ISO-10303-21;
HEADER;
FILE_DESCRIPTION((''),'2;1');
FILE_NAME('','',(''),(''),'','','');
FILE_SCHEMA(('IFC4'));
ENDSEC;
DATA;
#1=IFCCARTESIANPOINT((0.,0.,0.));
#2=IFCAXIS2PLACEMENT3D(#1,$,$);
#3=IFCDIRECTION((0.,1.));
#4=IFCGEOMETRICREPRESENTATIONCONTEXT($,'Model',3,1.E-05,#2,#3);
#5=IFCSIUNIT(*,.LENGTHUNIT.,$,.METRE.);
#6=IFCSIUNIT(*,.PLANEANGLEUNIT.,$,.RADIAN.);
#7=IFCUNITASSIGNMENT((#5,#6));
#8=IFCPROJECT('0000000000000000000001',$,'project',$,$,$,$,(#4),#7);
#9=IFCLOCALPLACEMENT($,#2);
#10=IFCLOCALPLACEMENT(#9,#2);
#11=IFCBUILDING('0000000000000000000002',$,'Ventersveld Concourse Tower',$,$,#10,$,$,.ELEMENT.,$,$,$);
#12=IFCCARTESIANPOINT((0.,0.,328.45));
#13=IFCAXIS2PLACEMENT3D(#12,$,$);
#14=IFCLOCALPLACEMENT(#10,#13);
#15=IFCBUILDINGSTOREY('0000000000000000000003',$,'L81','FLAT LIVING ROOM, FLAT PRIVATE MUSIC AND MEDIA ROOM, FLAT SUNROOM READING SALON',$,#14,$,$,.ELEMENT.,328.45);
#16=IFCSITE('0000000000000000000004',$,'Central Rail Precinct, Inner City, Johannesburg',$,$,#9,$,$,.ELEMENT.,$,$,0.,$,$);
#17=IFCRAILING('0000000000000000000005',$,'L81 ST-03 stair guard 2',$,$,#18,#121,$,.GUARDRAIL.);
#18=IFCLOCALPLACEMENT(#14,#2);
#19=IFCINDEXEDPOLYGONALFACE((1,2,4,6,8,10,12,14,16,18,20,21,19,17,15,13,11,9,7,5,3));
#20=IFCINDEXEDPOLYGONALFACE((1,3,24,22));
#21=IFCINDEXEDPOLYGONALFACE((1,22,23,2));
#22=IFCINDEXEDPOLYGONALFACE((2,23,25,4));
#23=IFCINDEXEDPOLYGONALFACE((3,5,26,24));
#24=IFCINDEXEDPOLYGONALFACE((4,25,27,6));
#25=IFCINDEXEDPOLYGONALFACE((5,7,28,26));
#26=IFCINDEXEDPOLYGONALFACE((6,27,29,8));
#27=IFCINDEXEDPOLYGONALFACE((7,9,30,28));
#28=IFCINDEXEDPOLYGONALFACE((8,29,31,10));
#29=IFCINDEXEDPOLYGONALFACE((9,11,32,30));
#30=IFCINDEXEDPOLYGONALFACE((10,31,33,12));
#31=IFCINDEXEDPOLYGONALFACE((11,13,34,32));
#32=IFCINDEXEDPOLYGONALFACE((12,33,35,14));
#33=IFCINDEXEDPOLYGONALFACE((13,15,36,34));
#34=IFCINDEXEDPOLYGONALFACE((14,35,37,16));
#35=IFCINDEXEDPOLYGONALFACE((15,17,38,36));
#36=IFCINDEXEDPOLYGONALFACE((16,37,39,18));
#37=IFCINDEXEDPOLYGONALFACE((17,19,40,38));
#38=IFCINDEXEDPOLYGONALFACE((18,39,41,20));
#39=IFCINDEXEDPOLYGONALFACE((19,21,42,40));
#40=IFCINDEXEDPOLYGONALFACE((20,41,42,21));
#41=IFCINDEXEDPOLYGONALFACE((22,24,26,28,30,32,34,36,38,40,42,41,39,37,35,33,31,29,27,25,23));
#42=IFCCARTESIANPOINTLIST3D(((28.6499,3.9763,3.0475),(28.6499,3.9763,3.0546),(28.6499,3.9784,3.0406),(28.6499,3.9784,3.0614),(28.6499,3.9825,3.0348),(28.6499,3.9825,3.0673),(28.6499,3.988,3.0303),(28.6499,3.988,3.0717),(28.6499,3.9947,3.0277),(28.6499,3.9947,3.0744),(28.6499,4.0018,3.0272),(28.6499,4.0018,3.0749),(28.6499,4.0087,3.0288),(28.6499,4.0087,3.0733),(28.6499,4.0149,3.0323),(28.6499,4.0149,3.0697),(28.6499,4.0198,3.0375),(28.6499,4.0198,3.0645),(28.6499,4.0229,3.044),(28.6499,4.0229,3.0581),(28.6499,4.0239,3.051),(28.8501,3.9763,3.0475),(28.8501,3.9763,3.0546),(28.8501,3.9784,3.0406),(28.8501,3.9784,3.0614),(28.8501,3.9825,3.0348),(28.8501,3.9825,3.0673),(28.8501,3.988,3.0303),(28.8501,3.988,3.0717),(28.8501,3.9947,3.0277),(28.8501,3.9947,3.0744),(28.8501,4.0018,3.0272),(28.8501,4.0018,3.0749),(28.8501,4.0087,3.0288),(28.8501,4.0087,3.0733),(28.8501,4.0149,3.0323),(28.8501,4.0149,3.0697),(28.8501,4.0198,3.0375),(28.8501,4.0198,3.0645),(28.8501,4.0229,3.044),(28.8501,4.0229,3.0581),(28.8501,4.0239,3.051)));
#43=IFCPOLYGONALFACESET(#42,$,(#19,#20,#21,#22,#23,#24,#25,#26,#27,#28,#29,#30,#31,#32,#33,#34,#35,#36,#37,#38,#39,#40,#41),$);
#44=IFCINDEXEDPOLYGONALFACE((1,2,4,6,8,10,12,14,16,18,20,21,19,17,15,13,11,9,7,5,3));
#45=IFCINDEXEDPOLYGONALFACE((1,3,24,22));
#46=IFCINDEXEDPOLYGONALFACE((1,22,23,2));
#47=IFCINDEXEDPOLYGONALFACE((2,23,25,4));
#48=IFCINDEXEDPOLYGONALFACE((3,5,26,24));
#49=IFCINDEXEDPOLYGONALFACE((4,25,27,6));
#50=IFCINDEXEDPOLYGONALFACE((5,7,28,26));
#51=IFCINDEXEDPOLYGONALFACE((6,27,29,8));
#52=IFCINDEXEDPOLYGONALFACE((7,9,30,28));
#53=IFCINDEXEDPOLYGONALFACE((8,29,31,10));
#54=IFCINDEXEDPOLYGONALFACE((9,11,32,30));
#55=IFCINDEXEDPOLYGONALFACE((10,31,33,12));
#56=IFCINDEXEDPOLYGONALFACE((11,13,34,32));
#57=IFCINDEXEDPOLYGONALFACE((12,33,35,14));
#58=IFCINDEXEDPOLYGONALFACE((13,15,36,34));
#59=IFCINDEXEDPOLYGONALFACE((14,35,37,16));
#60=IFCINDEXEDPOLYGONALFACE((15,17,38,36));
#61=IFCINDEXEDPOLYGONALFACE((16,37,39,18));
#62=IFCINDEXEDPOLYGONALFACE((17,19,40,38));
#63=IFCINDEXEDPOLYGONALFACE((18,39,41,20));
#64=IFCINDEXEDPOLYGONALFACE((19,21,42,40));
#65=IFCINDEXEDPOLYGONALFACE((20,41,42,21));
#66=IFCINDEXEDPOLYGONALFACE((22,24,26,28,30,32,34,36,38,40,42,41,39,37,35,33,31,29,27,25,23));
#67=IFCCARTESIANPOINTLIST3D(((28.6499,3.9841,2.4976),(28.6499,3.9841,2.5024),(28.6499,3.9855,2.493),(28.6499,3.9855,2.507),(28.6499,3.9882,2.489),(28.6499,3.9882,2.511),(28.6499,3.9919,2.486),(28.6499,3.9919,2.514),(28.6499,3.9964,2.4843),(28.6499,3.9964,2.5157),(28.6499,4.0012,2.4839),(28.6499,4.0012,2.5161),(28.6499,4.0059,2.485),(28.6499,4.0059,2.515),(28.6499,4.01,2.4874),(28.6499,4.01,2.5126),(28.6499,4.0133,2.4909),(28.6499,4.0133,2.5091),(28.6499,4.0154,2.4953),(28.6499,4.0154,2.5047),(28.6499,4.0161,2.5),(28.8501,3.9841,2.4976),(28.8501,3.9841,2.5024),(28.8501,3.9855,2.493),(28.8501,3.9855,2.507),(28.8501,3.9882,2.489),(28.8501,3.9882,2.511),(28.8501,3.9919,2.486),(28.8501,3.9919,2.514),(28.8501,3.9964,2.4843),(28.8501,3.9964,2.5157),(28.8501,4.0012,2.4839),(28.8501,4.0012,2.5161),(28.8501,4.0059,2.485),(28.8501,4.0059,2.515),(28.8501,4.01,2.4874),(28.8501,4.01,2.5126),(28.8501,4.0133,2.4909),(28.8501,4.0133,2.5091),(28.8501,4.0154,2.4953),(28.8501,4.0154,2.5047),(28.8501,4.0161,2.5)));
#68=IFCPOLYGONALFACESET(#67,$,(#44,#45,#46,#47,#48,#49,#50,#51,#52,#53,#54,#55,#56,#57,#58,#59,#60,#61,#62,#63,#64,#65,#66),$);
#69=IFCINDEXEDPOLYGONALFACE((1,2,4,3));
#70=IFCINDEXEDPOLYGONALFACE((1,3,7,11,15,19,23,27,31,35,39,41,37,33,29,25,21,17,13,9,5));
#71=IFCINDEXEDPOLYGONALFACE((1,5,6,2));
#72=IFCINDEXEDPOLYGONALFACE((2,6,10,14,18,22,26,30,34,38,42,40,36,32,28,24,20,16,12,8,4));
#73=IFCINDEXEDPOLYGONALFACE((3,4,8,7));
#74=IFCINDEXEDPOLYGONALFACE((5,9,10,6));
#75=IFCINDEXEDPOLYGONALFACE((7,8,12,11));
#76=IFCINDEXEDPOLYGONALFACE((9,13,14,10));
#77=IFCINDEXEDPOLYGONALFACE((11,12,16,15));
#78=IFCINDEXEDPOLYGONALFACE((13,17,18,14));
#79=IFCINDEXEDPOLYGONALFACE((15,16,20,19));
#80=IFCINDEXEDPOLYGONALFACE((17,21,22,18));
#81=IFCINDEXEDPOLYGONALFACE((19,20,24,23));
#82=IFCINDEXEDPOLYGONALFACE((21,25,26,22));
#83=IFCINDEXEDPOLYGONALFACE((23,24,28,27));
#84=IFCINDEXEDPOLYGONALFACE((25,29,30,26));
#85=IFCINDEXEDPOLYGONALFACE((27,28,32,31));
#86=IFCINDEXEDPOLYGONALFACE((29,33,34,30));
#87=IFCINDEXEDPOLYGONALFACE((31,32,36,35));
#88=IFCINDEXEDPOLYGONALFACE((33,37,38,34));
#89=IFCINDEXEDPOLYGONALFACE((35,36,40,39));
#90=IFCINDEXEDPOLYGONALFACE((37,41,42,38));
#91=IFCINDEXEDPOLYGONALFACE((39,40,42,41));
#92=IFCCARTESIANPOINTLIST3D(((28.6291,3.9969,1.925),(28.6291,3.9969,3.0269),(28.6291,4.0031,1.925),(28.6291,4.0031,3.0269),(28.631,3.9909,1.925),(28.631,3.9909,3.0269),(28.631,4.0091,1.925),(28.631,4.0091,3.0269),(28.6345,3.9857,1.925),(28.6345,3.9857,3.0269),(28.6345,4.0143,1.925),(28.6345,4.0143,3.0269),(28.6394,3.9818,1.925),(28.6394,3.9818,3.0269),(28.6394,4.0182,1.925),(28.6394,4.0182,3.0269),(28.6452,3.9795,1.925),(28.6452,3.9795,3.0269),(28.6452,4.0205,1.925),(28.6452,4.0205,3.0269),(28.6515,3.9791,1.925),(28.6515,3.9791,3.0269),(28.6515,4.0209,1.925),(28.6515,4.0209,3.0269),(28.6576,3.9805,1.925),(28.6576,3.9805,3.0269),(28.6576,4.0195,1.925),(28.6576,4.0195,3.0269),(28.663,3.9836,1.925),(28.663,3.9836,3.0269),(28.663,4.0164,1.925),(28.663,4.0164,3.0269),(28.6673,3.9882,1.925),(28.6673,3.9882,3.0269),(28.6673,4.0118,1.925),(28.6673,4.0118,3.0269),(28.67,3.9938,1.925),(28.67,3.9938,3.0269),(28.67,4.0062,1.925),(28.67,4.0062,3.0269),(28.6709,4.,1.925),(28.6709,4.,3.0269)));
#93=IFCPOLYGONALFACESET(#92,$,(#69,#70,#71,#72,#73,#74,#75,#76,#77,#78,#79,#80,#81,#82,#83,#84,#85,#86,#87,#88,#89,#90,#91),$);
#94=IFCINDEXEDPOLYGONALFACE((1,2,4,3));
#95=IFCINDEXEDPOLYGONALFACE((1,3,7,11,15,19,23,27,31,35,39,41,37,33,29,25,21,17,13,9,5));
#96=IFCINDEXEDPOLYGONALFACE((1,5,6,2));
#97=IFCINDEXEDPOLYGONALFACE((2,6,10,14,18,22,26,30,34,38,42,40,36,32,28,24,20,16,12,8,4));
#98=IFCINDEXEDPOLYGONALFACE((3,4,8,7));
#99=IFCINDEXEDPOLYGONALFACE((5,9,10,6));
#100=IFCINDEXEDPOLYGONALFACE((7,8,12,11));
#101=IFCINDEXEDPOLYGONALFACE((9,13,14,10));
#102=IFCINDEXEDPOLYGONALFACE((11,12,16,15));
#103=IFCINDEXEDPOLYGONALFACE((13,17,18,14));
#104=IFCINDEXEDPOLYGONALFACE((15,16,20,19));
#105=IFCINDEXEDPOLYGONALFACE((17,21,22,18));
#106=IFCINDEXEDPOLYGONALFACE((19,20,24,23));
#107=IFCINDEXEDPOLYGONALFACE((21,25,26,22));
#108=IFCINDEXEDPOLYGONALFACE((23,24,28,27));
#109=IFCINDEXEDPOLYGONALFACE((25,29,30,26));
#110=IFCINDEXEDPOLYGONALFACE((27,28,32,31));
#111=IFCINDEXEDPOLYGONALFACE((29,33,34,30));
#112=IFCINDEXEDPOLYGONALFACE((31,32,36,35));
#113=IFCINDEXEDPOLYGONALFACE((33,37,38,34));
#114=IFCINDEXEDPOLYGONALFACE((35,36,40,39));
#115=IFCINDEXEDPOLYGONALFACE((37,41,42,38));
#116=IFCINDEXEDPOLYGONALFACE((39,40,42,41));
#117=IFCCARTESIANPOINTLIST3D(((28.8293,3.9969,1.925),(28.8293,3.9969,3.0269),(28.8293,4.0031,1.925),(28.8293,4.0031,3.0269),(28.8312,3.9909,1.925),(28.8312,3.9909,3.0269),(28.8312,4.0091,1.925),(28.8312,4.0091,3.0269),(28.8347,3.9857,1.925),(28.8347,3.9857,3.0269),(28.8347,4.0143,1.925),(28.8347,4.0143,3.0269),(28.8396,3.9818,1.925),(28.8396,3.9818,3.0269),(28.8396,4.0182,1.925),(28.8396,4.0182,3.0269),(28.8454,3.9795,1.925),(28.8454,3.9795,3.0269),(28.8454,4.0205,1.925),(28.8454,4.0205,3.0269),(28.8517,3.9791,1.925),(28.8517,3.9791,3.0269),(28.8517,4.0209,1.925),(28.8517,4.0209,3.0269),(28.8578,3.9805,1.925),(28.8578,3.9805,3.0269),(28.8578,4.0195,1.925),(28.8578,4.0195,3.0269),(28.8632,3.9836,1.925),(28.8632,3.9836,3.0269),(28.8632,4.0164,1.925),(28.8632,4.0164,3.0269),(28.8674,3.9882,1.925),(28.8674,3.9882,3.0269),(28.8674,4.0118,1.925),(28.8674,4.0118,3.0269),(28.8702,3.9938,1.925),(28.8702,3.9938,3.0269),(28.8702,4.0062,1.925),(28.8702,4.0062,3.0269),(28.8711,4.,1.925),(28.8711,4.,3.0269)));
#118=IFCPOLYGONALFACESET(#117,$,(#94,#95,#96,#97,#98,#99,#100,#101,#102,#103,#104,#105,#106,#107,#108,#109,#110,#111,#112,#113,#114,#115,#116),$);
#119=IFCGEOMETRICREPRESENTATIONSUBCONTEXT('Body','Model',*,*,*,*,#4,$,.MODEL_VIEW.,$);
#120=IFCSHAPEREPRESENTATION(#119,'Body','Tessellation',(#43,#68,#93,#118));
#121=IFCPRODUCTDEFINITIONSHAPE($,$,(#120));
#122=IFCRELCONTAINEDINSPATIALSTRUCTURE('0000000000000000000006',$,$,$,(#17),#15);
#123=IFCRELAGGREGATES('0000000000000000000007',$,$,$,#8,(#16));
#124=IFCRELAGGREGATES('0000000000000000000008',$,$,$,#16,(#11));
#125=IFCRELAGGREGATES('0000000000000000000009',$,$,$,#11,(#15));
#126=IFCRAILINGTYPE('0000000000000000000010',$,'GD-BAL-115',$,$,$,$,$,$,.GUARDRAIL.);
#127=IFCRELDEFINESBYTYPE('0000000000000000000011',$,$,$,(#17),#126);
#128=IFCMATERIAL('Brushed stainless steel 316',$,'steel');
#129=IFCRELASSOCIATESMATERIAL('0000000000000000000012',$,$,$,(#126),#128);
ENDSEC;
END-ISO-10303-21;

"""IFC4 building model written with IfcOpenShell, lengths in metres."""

from ifc_helpers import new_model, si_unit, direction, frame, origin, origin_2d, place, context, subcontext, project, spatial, circle, extrude, material, type_object, element, save


model = new_model("IFC4")

# Units and contexts
model_context = context("Model", 3, precision=1e-05, world=origin(), true_north=direction((0.0, 1.0)))
body_context = subcontext(model_context, "Body", "Model", "MODEL_VIEW")
ifc_project = project(units=[si_unit("LENGTHUNIT", "METRE"), si_unit("PLANEANGLEUNIT", "RADIAN")], contexts=[model_context])

# Site, building, storey
site_placement = place(None, origin())
site = spatial("IfcSite", under=ifc_project, at=site_placement, Name="Central Rail Precinct, Inner City, Johannesburg", CompositionType="ELEMENT", RefElevation=0.0)
building_placement = place(site_placement, origin())
building = spatial("IfcBuilding", under=site, at=building_placement, Name="Ventersveld Concourse Tower", CompositionType="ELEMENT")
storey_placement = place(building_placement, frame((0.0, 0.0, 328.45)))
storey = spatial("IfcBuildingStorey", under=building, at=storey_placement, Name="L81", Description="FLAT LIVING ROOM, FLAT PRIVATE MUSIC AND MEDIA ROOM, FLAT SUNROOM READING SALON", CompositionType="ELEMENT", Elevation=328.45)

# Shared definitions
ifc_material_1 = material(Name="Brushed stainless steel 316", Category="steel")

# Railing
railing_type_1 = type_object("IfcRailingType", Name="GD-BAL-115", PredefinedType="GUARDRAIL", material=ifc_material_1)
railing_1_placement = place(storey_placement, frame((28.6499, 4.0, 1.925)))
element("IfcRailing", 1, at=railing_1_placement, inside=storey, type_object=railing_type_1, Name="L81 ST-03 stair guard 2", PredefinedType="GUARDRAIL", context=body_context, shape_type="SweptSolid", body=[
    extrude(circle(Radius=0.0239, at=origin_2d()), frame((0.0, 0.0, 1.126), z_axis=(1.0, 0.0, 0.0), x_axis=(0.0, 1.0, 0.0)), (0.0, 0.0, 1.0), 0.2002),
    extrude(circle(Radius=0.0161, at=origin_2d()), frame((0.0, 0.0, 0.575), z_axis=(1.0, 0.0, 0.0), x_axis=(0.0, 1.0, 0.0)), (0.0, 0.0, 1.0), 0.2002),
    extrude(circle(Radius=0.021, at=origin_2d()), origin(), (0.0, 0.0, 1.0), 1.1018),
    extrude(circle(Radius=0.021, at=origin_2d()), frame((0.2002, 0.0, 0.0)), (0.0, 0.0, 1.0), 1.1018),
])

save(model, "model.ifc")
